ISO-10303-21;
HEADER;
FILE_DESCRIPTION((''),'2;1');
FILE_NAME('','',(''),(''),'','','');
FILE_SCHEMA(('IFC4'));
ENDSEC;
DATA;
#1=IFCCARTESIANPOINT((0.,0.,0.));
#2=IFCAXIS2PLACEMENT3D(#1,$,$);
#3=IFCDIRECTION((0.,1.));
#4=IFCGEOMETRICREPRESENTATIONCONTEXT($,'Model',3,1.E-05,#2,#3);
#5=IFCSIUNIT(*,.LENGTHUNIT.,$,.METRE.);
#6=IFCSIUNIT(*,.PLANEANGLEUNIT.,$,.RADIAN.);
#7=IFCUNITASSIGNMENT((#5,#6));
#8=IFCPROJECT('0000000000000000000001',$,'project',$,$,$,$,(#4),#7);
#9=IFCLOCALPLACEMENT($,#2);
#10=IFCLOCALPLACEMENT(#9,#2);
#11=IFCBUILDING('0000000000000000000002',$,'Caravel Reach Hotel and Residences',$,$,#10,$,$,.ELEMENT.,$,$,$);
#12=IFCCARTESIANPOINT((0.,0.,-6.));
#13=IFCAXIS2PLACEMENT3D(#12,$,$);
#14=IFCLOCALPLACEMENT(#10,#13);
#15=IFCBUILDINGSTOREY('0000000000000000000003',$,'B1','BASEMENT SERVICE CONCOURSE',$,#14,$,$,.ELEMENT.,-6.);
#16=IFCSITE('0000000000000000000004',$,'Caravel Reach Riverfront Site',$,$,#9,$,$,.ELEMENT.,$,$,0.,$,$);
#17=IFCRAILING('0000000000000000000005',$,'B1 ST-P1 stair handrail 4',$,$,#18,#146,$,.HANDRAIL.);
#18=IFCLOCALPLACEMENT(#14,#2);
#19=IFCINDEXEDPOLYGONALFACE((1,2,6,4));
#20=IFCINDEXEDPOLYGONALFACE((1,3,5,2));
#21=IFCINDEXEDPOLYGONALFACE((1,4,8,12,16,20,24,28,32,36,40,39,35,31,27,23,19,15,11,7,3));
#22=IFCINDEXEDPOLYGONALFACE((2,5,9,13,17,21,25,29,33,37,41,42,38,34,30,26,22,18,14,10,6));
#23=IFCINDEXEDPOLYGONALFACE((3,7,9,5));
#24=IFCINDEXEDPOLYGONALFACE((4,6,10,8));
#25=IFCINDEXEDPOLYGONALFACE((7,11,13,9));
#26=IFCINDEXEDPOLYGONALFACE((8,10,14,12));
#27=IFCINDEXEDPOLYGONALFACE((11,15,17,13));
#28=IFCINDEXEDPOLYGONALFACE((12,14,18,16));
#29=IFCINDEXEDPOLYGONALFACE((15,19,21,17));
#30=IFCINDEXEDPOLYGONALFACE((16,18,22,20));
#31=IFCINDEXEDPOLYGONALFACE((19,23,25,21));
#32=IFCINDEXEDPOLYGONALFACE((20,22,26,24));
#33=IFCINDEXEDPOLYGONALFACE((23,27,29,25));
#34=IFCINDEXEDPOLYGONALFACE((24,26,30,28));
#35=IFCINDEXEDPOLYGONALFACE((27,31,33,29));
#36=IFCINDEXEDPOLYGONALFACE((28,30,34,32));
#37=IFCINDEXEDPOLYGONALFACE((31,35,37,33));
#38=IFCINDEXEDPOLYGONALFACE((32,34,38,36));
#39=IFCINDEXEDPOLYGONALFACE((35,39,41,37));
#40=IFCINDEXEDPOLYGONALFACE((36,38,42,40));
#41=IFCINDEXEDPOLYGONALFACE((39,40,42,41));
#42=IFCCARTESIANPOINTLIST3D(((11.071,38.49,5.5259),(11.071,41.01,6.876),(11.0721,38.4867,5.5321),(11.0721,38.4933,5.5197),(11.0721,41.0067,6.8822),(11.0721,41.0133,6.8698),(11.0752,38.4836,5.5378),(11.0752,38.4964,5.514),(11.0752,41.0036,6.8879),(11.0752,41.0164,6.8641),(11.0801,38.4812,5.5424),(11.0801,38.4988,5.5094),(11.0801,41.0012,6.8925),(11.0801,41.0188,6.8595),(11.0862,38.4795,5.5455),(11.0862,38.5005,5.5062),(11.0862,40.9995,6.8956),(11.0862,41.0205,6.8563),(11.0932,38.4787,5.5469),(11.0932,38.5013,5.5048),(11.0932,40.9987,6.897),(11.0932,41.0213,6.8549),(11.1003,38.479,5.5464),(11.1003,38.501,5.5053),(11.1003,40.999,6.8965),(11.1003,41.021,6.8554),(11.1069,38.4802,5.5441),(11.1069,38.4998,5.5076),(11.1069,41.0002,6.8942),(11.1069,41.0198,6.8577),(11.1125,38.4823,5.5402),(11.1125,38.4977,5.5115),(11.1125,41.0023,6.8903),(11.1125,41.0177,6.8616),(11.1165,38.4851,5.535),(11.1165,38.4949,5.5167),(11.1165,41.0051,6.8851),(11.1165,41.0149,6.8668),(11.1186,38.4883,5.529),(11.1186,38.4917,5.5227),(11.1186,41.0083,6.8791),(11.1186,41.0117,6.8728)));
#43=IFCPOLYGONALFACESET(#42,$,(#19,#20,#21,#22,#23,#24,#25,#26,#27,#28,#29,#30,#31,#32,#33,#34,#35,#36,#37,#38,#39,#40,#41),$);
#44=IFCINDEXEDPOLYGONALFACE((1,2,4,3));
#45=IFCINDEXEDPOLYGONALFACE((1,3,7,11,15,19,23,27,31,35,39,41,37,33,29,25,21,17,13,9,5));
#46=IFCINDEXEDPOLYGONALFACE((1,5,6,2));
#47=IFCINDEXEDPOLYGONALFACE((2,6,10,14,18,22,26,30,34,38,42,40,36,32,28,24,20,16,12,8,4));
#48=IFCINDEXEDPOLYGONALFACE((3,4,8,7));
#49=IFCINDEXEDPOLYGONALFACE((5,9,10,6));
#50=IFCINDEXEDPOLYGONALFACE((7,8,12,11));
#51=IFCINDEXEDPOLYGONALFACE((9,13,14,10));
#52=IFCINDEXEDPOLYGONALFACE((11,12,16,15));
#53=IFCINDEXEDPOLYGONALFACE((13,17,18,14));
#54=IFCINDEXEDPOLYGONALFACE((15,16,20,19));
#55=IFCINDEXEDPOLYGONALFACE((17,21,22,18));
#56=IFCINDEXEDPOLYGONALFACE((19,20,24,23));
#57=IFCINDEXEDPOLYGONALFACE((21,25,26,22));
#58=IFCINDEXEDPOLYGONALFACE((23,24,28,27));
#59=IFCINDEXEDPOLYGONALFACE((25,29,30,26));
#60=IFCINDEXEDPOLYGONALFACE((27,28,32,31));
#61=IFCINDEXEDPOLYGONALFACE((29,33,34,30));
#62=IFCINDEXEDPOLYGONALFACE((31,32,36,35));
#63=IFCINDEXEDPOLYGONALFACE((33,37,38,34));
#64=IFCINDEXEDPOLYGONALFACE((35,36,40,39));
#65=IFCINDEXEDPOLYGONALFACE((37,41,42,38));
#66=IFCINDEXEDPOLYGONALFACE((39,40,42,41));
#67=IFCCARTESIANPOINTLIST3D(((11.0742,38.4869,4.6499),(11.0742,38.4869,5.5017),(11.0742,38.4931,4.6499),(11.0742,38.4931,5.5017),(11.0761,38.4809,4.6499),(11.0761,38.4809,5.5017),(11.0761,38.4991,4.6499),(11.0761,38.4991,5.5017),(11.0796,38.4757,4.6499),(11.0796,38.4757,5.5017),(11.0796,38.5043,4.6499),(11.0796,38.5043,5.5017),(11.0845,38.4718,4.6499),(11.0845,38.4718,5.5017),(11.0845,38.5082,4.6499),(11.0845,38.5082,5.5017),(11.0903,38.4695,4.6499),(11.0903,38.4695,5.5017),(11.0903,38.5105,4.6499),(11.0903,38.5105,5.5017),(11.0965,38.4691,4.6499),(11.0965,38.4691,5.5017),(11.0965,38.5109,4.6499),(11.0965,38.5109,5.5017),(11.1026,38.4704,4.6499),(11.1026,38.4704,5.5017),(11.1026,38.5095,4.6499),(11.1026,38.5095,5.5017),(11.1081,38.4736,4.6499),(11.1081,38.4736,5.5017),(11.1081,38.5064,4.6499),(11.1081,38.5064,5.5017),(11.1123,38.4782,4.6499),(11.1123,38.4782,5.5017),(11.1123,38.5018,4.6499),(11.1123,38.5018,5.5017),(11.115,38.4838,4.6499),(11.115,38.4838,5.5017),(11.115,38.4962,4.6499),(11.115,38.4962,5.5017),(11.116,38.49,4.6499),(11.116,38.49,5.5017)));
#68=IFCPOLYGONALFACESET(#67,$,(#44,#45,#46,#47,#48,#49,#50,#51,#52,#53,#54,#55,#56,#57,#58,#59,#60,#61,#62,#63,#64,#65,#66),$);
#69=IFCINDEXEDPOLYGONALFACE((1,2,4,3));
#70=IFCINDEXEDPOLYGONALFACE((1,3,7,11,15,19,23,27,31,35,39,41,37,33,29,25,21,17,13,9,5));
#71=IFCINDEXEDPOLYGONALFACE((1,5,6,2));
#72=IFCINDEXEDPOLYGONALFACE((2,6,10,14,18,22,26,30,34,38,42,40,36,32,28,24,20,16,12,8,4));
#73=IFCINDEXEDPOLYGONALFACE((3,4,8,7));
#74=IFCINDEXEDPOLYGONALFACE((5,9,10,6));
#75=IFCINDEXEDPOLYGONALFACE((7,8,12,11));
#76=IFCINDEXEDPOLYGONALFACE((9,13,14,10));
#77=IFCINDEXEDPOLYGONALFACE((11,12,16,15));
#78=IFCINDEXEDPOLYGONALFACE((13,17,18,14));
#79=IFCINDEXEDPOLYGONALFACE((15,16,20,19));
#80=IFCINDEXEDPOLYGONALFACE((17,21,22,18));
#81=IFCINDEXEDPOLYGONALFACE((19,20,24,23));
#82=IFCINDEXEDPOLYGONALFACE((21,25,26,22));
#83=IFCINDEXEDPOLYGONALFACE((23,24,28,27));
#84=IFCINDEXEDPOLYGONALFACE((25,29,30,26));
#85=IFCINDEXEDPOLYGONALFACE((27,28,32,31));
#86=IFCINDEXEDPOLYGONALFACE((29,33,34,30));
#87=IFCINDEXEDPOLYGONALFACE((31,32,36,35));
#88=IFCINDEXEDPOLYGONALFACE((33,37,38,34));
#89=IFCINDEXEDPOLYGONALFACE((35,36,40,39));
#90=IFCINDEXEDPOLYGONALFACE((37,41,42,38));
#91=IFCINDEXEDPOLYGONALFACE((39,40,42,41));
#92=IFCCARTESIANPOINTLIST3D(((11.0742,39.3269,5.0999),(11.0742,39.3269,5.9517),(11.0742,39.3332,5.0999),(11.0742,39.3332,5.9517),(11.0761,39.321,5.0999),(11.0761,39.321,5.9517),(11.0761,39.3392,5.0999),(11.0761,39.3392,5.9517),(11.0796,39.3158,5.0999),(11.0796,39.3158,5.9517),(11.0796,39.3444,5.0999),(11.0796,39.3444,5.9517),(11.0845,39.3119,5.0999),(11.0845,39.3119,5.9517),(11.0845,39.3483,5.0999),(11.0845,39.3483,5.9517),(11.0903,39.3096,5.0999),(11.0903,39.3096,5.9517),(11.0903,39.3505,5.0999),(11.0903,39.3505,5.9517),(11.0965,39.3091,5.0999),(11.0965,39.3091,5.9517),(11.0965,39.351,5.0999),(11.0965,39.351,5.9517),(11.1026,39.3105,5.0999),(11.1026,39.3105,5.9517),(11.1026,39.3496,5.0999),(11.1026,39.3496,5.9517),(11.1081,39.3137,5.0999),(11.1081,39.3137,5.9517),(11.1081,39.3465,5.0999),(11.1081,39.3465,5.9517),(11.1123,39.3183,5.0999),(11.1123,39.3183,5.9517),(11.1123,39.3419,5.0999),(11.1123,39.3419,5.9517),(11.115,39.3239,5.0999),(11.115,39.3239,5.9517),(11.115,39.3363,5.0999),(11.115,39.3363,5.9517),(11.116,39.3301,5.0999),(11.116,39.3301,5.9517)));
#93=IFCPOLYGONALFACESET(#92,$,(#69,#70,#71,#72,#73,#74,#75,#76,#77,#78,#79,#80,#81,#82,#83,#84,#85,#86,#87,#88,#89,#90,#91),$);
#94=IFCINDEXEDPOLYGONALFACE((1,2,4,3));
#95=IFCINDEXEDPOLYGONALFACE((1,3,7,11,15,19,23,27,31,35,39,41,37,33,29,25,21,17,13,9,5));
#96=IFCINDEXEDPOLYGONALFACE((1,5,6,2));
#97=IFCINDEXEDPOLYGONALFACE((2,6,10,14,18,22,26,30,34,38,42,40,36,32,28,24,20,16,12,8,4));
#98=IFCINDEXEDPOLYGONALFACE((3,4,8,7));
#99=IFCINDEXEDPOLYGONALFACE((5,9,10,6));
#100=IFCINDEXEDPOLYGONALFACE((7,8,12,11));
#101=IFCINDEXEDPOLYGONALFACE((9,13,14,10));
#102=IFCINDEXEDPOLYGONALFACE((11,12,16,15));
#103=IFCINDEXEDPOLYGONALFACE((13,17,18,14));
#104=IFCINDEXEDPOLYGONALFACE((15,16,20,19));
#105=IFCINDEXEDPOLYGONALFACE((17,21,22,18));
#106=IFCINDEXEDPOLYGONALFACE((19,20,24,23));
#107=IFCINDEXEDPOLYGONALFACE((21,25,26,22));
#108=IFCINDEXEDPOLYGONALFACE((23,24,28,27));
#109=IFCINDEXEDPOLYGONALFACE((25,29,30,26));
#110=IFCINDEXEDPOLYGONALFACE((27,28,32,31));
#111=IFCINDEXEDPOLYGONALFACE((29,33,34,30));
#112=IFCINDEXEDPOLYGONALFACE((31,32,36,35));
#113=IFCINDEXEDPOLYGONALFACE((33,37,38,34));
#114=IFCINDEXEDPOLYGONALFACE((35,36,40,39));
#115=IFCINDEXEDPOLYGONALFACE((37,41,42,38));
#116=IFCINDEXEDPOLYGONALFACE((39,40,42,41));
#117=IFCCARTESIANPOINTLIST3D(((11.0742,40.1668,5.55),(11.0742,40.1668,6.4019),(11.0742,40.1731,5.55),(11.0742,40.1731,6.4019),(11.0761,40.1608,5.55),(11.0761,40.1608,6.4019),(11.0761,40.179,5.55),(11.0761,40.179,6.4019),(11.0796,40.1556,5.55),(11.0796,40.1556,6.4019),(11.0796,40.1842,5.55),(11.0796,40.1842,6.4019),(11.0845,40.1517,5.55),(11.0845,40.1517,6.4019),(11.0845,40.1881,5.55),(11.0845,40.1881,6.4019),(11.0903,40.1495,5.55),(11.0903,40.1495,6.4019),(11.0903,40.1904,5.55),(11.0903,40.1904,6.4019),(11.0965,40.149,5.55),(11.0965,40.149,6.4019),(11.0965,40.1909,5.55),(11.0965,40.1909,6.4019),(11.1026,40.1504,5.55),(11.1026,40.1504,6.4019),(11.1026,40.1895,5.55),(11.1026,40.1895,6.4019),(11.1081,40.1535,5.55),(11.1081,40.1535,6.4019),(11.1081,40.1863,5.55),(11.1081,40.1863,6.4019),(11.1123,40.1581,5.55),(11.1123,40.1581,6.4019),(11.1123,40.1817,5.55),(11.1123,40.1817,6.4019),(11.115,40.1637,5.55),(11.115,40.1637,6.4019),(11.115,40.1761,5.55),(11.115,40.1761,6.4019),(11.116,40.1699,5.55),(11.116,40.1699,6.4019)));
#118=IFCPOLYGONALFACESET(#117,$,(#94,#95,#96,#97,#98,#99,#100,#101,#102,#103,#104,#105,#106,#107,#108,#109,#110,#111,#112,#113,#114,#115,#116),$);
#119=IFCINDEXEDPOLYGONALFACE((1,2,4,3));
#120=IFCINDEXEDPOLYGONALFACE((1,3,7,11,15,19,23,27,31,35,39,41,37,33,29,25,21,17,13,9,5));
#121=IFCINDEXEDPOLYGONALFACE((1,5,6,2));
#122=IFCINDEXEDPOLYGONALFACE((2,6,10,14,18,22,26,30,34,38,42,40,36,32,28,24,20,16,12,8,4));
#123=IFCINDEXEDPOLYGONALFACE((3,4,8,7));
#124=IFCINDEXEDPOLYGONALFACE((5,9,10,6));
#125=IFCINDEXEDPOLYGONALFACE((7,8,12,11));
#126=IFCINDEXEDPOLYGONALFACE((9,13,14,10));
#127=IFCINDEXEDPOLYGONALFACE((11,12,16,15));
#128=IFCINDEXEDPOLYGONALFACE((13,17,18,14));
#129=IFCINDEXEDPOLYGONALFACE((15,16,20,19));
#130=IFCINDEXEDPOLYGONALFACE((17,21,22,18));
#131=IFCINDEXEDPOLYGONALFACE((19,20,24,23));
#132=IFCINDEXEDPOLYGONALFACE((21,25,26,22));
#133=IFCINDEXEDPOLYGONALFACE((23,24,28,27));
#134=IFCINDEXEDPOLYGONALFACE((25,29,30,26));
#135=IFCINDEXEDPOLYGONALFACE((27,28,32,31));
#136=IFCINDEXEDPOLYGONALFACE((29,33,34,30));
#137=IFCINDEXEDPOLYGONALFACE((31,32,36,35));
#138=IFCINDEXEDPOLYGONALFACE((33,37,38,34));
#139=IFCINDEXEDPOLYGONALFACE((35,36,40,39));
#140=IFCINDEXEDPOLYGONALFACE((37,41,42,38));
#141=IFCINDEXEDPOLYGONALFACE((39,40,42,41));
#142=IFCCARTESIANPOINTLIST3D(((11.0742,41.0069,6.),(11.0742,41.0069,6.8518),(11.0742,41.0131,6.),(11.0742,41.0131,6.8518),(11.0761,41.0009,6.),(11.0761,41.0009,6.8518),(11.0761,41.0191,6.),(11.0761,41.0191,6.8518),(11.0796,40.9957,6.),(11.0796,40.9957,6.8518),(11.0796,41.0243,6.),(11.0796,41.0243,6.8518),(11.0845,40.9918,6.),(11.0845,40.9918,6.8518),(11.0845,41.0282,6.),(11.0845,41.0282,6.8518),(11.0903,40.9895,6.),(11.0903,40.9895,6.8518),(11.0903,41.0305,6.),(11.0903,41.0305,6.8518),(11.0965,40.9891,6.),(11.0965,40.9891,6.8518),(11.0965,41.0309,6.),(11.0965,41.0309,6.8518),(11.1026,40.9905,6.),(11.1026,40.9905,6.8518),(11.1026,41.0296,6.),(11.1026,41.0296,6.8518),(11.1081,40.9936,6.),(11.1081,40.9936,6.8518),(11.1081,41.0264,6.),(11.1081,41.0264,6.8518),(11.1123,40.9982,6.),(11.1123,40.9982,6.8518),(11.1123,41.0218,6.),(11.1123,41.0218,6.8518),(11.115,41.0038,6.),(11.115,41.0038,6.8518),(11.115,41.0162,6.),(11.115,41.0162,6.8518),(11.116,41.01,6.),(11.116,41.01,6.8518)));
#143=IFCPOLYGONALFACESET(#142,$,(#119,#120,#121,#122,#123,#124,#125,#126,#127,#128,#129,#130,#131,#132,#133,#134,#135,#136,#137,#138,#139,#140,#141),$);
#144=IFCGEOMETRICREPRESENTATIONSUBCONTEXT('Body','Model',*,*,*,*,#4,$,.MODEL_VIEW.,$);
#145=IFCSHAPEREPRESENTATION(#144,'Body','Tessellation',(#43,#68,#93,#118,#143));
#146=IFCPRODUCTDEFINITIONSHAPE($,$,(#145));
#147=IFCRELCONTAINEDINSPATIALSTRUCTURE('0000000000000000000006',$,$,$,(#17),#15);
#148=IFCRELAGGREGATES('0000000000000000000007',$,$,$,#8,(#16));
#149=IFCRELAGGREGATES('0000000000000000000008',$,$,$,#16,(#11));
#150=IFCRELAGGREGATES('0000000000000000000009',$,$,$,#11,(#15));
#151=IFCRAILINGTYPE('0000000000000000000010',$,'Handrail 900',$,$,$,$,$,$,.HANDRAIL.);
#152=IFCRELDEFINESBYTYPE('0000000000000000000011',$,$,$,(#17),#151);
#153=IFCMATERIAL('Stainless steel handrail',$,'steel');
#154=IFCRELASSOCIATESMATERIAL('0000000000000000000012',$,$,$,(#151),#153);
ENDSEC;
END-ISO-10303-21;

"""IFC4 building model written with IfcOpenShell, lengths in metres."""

from ifc_helpers import new_model, si_unit, direction, frame, origin, origin_2d, place, context, subcontext, project, spatial, circle, extrude, material, type_object, element, save


model = new_model("IFC4")

# Units and contexts
model_context = context("Model", 3, precision=1e-05, world=origin(), true_north=direction((0.0, 1.0)))
body_context = subcontext(model_context, "Body", "Model", "MODEL_VIEW")
ifc_project = project(units=[si_unit("LENGTHUNIT", "METRE"), si_unit("PLANEANGLEUNIT", "RADIAN")], contexts=[model_context])

# Site, building, storey
site_placement = place(None, origin())
site = spatial("IfcSite", under=ifc_project, at=site_placement, Name="Caravel Reach Riverfront Site", CompositionType="ELEMENT", RefElevation=0.0)
building_placement = place(site_placement, origin())
building = spatial("IfcBuilding", under=site, at=building_placement, Name="Caravel Reach Hotel and Residences", CompositionType="ELEMENT")
storey_placement = place(building_placement, frame((0.0, 0.0, -6.0)))
storey = spatial("IfcBuildingStorey", under=building, at=storey_placement, Name="B1", Description="BASEMENT SERVICE CONCOURSE", CompositionType="ELEMENT", Elevation=-6.0)

# Railing
ifc_material_1 = material(Name="Stainless steel handrail", Category="steel")
railing_type_1 = type_object("IfcRailingType", Name="Handrail 900", PredefinedType="HANDRAIL", material=ifc_material_1)
for number, where, name in (
    (1, (11.095, 38.49, 4.6499), "B1 ST-P1 stair handrail 4"),
):
    element("IfcRailing", number, at=place(storey_placement, frame(where)), inside=storey, type_object=railing_type_1, Name=name, PredefinedType="HANDRAIL", context=body_context, shape_type="SweptSolid", body=[
        extrude(circle(Radius=0.0239, at=origin_2d()), frame((0.0, 0.0, 0.876), z_axis=(0.0, 0.881467, 0.472245), x_axis=(-1.0, 0.0, 0.0)), (0.0, 0.0, 1.0), 2.8589),
        extrude(circle(Radius=0.021, at=origin_2d()), origin(), (0.0, 0.0, 1.0), 0.8518),
        extrude(circle(Radius=0.021, at=origin_2d()), frame((0.0, 0.8401, 0.45)), (0.0, 0.0, 1.0), 0.8518),
        extrude(circle(Radius=0.021, at=origin_2d()), frame((0.0, 1.6799, 0.9001)), (0.0, 0.0, 1.0), 0.8518),
        extrude(circle(Radius=0.021, at=origin_2d()), frame((0.0, 2.52, 1.3501)), (0.0, 0.0, 1.0), 0.8518),
    ])

save(model, "model.ifc")
